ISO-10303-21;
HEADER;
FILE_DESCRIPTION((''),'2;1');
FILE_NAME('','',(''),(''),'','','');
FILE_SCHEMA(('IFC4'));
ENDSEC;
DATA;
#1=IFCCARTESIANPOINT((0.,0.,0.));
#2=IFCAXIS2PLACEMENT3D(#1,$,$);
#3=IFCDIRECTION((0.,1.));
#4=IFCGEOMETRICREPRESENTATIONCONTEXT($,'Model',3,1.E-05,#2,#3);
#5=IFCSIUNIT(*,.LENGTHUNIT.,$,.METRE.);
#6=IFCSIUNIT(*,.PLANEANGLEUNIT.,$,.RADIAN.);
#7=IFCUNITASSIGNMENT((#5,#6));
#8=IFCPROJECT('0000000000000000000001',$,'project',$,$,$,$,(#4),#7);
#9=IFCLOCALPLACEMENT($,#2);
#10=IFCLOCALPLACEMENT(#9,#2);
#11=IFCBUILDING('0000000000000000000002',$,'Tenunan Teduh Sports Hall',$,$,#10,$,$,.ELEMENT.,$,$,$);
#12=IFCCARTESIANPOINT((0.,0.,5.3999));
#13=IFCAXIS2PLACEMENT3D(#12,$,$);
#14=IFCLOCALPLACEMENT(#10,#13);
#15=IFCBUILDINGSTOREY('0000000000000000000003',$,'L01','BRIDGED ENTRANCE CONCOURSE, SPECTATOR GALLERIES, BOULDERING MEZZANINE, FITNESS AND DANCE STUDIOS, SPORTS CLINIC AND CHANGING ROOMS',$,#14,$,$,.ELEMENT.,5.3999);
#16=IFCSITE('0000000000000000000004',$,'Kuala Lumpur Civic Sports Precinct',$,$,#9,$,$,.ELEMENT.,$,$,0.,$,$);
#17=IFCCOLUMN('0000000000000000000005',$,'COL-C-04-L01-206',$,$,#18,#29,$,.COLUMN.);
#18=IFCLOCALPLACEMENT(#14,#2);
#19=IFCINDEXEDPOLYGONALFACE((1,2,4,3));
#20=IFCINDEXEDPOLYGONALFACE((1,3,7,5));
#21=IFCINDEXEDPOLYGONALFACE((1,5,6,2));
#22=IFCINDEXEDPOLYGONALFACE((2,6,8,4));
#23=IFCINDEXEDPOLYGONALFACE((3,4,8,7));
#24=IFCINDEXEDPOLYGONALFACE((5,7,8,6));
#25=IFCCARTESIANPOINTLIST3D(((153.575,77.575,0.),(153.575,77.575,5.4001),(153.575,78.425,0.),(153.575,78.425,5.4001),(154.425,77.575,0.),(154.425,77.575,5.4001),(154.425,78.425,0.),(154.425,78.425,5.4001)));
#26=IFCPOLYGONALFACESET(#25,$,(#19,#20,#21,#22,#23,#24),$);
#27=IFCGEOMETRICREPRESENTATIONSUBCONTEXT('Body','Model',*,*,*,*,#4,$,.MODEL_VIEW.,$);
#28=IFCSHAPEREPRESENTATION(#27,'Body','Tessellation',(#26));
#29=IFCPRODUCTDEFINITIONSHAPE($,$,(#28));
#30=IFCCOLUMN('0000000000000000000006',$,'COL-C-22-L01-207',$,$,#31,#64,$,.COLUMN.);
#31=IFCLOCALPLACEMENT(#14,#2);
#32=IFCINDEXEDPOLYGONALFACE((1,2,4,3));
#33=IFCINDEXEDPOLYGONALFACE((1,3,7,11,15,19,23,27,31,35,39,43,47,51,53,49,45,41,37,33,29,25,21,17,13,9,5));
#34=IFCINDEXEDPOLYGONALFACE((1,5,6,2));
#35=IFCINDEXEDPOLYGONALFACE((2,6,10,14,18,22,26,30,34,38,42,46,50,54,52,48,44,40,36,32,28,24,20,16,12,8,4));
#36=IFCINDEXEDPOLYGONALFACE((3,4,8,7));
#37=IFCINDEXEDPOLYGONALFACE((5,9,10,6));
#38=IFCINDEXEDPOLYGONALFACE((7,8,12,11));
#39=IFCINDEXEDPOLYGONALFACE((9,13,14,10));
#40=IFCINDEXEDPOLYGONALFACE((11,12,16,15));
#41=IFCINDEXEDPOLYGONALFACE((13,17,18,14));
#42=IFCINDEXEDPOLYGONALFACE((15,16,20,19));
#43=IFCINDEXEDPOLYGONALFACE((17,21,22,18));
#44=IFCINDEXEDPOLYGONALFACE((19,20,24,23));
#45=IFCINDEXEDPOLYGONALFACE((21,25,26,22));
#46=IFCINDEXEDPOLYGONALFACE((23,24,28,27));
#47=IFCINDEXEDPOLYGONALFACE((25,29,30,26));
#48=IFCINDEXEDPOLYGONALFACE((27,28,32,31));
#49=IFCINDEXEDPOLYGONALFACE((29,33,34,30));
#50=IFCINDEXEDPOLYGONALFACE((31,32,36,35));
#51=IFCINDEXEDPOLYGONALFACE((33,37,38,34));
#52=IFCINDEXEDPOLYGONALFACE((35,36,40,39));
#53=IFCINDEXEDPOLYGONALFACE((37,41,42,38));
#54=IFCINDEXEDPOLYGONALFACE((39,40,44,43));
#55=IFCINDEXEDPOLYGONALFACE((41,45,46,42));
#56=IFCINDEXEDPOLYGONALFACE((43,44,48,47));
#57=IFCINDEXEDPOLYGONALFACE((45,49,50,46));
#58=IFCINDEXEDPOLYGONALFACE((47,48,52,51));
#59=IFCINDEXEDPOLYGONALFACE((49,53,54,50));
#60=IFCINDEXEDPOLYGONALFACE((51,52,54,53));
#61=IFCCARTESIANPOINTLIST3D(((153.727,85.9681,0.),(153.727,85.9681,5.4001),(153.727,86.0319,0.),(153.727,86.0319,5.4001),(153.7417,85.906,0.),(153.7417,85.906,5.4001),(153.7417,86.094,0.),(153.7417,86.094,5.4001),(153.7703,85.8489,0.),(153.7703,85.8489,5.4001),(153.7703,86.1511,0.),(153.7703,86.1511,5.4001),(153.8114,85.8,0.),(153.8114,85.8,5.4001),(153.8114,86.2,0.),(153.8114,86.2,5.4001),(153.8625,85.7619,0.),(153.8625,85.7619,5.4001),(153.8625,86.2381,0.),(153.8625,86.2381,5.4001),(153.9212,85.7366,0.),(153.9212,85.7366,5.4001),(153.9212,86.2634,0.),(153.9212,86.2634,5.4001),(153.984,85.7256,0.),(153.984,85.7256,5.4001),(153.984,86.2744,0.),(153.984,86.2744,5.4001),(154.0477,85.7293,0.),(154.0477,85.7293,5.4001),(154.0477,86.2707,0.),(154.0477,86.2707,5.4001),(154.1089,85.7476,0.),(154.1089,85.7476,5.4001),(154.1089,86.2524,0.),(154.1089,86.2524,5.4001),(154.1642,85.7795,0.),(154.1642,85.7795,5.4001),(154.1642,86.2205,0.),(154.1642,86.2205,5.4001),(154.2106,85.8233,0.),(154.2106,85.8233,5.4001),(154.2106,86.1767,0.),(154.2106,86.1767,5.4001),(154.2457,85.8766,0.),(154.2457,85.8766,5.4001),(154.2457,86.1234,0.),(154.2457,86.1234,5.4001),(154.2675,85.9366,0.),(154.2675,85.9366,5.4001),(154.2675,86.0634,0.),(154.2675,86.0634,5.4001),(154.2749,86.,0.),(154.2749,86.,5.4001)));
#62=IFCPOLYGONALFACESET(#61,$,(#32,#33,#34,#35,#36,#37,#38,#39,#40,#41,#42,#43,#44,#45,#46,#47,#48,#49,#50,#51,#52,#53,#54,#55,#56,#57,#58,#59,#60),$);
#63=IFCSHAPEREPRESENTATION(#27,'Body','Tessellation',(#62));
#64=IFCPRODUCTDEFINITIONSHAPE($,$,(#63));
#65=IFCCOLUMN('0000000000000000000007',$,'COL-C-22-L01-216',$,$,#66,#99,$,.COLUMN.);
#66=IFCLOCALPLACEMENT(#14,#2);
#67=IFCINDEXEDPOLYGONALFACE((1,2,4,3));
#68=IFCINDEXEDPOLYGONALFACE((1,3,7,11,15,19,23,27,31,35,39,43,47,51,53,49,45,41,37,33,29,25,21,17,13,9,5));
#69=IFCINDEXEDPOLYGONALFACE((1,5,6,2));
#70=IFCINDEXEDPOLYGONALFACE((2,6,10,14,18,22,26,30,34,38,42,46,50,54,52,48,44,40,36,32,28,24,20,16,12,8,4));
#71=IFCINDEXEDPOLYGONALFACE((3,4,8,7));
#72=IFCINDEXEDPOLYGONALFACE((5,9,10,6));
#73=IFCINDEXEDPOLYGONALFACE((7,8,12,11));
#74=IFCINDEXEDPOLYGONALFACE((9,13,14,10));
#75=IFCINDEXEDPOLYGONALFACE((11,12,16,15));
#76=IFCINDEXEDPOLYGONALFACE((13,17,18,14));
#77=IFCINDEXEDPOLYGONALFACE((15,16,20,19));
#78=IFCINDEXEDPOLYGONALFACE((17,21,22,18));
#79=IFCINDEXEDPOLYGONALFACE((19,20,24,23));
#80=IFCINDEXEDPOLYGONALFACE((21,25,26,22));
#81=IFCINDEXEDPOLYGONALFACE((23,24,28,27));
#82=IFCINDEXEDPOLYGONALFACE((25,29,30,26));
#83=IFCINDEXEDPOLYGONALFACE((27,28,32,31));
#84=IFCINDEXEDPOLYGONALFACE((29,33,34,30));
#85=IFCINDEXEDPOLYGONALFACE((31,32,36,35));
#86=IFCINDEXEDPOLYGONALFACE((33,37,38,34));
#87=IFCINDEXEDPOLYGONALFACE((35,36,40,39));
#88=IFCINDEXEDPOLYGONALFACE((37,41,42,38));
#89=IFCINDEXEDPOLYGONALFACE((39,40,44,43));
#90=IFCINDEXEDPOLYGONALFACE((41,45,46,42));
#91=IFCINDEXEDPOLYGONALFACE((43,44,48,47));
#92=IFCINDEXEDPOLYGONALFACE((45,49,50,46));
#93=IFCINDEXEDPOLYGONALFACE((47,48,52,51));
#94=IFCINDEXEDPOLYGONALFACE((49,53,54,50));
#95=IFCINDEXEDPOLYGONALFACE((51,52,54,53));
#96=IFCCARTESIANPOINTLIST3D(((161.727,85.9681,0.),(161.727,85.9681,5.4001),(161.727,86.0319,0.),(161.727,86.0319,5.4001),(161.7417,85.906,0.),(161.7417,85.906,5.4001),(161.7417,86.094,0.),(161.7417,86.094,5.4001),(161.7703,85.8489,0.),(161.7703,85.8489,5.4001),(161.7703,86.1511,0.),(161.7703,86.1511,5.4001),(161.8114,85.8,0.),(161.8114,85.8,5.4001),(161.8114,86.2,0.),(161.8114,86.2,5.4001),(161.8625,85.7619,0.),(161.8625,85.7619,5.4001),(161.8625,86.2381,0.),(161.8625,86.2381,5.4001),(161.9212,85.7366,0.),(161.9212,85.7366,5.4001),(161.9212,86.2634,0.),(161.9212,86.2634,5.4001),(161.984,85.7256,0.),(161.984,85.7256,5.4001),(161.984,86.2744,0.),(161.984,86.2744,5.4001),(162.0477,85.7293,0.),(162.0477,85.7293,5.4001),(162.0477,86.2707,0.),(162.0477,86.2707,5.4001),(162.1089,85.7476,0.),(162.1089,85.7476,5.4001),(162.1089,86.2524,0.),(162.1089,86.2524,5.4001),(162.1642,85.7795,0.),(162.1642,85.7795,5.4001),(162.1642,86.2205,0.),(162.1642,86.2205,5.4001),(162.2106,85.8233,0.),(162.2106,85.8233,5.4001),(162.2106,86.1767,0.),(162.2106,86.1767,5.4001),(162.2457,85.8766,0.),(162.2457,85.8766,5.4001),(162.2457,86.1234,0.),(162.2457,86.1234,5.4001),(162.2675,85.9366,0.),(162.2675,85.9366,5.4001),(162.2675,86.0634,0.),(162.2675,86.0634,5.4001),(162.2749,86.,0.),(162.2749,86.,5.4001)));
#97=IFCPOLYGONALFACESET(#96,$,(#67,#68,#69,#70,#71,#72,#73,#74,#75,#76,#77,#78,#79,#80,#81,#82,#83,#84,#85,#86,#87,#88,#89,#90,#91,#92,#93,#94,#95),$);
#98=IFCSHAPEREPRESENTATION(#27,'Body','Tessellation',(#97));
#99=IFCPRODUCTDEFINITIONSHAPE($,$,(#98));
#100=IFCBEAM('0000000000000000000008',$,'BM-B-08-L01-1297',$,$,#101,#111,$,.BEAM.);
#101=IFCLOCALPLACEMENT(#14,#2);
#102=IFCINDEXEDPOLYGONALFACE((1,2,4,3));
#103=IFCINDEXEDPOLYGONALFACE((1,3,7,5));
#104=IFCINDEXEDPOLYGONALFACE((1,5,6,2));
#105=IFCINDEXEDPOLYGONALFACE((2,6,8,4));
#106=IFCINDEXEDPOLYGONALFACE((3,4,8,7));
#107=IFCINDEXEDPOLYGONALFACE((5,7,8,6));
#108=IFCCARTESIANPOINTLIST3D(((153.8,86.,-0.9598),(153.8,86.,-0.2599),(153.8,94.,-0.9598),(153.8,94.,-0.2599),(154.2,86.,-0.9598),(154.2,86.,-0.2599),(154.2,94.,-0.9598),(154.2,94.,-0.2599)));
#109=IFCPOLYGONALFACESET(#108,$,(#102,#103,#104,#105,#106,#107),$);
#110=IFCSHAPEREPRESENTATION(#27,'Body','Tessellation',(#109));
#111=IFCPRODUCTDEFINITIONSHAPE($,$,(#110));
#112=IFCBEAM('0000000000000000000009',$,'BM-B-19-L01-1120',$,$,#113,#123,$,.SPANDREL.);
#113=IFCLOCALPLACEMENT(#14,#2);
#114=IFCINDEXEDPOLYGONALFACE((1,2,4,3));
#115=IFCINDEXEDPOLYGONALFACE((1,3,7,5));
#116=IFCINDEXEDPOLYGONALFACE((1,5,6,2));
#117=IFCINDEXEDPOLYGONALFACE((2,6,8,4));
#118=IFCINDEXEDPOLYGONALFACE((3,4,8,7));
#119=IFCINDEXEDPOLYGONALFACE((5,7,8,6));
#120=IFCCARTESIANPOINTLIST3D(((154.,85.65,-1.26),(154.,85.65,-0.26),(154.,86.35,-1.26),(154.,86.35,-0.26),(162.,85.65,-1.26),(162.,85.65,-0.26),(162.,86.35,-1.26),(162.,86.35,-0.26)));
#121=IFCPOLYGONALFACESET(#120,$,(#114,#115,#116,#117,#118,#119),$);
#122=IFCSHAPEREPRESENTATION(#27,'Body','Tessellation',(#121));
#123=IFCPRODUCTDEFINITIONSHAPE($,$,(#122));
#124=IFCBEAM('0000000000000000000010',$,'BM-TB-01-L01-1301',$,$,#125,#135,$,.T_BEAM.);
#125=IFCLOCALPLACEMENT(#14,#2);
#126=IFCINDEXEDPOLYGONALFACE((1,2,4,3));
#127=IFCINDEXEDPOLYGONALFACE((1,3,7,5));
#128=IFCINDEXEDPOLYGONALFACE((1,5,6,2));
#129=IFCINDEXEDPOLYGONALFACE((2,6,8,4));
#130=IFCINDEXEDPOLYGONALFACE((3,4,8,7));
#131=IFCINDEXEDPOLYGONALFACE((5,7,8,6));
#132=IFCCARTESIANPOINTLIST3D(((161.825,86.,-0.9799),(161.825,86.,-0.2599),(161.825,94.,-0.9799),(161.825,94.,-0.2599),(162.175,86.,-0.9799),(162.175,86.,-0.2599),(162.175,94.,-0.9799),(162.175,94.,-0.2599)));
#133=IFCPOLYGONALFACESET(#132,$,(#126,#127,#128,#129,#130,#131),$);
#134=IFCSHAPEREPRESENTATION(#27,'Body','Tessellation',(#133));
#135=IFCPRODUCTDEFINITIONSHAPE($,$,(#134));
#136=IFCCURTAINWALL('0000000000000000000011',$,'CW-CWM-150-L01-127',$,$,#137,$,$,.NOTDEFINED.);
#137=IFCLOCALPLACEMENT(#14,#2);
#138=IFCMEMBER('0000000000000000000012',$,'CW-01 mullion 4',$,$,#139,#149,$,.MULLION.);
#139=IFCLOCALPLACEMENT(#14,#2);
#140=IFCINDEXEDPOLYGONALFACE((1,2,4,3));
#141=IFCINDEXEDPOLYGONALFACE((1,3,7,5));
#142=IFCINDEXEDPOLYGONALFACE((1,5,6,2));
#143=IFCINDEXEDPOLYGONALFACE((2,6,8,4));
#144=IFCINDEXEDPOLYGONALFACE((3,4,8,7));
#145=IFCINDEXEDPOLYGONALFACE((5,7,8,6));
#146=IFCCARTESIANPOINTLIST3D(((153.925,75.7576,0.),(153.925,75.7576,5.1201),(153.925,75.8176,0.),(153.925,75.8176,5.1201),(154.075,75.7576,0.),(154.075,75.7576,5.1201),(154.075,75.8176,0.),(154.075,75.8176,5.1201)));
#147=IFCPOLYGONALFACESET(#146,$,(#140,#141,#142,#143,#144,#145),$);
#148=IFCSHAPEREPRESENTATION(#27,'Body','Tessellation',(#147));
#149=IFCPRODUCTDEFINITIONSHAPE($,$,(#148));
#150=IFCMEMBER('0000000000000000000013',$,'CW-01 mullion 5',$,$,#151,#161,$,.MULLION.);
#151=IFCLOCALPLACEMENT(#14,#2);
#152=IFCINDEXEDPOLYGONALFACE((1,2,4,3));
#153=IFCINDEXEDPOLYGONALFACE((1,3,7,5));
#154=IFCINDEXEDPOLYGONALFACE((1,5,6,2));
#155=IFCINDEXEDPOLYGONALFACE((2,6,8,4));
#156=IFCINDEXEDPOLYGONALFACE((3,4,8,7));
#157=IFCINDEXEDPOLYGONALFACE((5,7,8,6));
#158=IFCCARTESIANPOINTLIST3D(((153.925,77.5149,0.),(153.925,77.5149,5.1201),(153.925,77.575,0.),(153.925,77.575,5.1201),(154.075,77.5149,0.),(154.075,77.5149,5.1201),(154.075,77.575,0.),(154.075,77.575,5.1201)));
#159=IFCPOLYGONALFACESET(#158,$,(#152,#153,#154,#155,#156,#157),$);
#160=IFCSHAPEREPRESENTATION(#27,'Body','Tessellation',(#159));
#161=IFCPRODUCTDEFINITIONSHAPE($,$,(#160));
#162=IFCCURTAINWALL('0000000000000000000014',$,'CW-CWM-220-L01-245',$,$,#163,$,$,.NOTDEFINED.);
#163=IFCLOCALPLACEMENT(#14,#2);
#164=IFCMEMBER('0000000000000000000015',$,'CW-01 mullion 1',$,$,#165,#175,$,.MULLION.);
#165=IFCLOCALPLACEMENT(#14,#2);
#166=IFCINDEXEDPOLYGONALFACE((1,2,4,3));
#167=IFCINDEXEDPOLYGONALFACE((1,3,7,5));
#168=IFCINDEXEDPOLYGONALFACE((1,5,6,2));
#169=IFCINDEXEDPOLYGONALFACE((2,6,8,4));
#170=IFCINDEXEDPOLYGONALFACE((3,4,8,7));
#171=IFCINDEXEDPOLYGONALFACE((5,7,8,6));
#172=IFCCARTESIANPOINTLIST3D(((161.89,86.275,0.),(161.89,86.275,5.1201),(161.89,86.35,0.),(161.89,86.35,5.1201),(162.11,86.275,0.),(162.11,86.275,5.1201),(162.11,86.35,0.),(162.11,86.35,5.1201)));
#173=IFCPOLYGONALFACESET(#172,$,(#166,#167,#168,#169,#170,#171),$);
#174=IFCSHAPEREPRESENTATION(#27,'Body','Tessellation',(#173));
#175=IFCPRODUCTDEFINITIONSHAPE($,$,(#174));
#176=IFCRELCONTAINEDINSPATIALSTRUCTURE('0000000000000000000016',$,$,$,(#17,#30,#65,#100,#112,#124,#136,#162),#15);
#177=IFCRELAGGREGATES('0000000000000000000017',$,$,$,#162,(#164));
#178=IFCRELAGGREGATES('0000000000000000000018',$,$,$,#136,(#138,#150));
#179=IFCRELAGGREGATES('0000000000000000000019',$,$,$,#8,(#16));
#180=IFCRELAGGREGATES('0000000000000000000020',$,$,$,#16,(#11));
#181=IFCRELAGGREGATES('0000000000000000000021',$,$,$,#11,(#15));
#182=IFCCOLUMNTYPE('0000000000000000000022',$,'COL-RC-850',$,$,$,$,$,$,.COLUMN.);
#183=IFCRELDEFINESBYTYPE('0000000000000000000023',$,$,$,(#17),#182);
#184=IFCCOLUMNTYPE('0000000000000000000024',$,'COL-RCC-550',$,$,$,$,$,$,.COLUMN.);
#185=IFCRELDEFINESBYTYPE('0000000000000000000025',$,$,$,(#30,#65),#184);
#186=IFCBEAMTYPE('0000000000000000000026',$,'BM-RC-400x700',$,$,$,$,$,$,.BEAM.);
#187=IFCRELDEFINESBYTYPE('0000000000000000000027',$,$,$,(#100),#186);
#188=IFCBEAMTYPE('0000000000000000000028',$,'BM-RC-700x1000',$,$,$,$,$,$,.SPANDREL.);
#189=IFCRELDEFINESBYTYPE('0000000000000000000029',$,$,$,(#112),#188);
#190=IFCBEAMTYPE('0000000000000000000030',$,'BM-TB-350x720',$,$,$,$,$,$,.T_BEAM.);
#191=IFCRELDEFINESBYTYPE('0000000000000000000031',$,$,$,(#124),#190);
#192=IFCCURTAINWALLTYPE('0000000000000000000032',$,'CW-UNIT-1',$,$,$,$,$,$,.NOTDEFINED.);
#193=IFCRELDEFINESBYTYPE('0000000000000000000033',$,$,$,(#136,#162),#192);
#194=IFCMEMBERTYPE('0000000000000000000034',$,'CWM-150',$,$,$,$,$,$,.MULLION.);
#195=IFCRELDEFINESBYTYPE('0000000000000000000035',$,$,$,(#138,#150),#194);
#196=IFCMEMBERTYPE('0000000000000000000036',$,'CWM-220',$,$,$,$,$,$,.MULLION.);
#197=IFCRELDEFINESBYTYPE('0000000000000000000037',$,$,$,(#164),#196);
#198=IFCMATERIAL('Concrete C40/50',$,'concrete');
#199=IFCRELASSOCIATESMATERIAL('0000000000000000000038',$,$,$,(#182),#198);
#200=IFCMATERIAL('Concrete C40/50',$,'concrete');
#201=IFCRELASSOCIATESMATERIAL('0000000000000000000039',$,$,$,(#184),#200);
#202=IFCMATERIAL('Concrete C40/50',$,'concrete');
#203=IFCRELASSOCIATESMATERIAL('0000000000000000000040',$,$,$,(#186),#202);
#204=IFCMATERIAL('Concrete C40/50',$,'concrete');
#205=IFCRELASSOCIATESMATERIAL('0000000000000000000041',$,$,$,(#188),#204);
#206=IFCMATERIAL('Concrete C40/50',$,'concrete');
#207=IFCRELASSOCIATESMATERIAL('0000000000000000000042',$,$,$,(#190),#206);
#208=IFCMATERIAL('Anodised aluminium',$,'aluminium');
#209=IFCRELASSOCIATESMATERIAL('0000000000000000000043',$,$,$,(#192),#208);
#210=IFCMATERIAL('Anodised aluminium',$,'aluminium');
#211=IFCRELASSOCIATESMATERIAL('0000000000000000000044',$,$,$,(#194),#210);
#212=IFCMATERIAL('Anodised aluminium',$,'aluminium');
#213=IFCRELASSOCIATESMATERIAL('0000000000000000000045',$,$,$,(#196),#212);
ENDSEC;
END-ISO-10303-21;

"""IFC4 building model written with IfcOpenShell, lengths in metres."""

from ifc_helpers import new_model, si_unit, direction, frame, origin, origin_2d, place, context, subcontext, project, spatial, rectangle, circle, extrude, material, material_profile, profile_set, type_object, element, aggregate, save


model = new_model("IFC4")

# Units and contexts
model_context = context("Model", 3, precision=1e-05, world=origin(), true_north=direction((0.0, 1.0)))
body_context = subcontext(model_context, "Body", "Model", "MODEL_VIEW")
ifc_project = project(units=[si_unit("LENGTHUNIT", "METRE"), si_unit("PLANEANGLEUNIT", "RADIAN")], contexts=[model_context])

# Site, building, storey
site_placement = place(None, origin())
site = spatial("IfcSite", under=ifc_project, at=site_placement, Name="Kuala Lumpur Civic Sports Precinct", CompositionType="ELEMENT", RefElevation=0.0)
building_placement = place(site_placement, origin())
building = spatial("IfcBuilding", under=site, at=building_placement, Name="Tenunan Teduh Sports Hall", CompositionType="ELEMENT")
storey_placement = place(building_placement, frame((0.0, 0.0, 5.3999)))
storey = spatial("IfcBuildingStorey", under=building, at=storey_placement, Name="L01", Description="BRIDGED ENTRANCE CONCOURSE, SPECTATOR GALLERIES, BOULDERING MEZZANINE, FITNESS AND DANCE STUDIOS, SPORTS CLINIC AND CHANGING ROOMS", CompositionType="ELEMENT", Elevation=5.3999)

# Columns
ifc_material_1 = material(Name="Concrete C40/50", Category="concrete")
ifc_material_profile_1 = material_profile(ifc_material_1, rectangle(XDim=0.8501, YDim=0.8501, at=origin_2d()), Name="RC 850x850")
ifc_profile_set_1 = profile_set([ifc_material_profile_1], Name="Concrete C40/50")
column_type_1 = type_object("IfcColumnType", Name="COL-RC-850", PredefinedType="COLUMN", material=ifc_profile_set_1)
column_placement = place(storey_placement, frame((154.0, 78.0, 0.0), z_axis=(0.0, 0.0, 1.0), x_axis=(1.0, 0.0, 0.0)))
element("IfcColumn", 1, at=column_placement, inside=storey, type_object=column_type_1, Name="COL-C-04-L01-206", PredefinedType="COLUMN", context=body_context, shape_type="SweptSolid", body=[
    extrude(rectangle(XDim=0.8501, YDim=0.8501, at=origin_2d()), origin(), (0.0, 0.0, 1.0), 5.4001),
])
ifc_material_2 = material(Name="Concrete C40/50", Category="concrete")
ifc_material_profile_2 = material_profile(ifc_material_2, circle(Radius=0.2749, at=origin_2d()), Name="RCC D550")
ifc_profile_set_2 = profile_set([ifc_material_profile_2], Name="Concrete C40/50")
column_type_2 = type_object("IfcColumnType", Name="COL-RCC-550", PredefinedType="COLUMN", material=ifc_profile_set_2)
for number, where, z_axis, x_axis, name in (
    (2, (154.0, 86.0, 0.0), (0.0, 0.0, 1.0), (1.0, 0.0, 0.0), "COL-C-22-L01-207"),
    (3, (162.0, 86.0, 0.0), (0.0, 0.0, 1.0), (1.0, 0.0, 0.0), "COL-C-22-L01-216"),
):
    element("IfcColumn", number, at=place(storey_placement, frame(where, z_axis=z_axis, x_axis=x_axis)), inside=storey, type_object=column_type_2, Name=name, PredefinedType="COLUMN", context=body_context, shape_type="SweptSolid", body=[
        extrude(circle(Radius=0.2749, at=origin_2d()), origin(), (0.0, 0.0, 1.0), 5.4001),
    ])

# Beams
ifc_material_3 = material(Name="Concrete C40/50", Category="concrete")
ifc_material_profile_3 = material_profile(ifc_material_3, rectangle(XDim=0.3999, YDim=0.7, at=origin_2d()), Name="RCB 400x700")
ifc_profile_set_3 = profile_set([ifc_material_profile_3], Name="Concrete C40/50")
beam_type_1 = type_object("IfcBeamType", Name="BM-RC-400x700", PredefinedType="BEAM", material=ifc_profile_set_3)
beam_1_placement = place(storey_placement, frame((154.0, 86.0, -0.6099), z_axis=(0.0, 1.0, 0.0), x_axis=(-1.0, 0.0, 0.0)))
element("IfcBeam", 4, at=beam_1_placement, inside=storey, type_object=beam_type_1, Name="BM-B-08-L01-1297", PredefinedType="BEAM", context=body_context, shape_type="SweptSolid", body=[
    extrude(rectangle(XDim=0.3999, YDim=0.7, at=origin_2d()), origin(), (0.0, 0.0, 1.0), 8.0),
])
ifc_material_4 = material(Name="Concrete C40/50", Category="concrete")
ifc_material_profile_4 = material_profile(ifc_material_4, rectangle(XDim=0.7, YDim=1.0, at=origin_2d()), Name="RCB 700x1000")
ifc_profile_set_4 = profile_set([ifc_material_profile_4], Name="Concrete C40/50")
beam_type_2 = type_object("IfcBeamType", Name="BM-RC-700x1000", PredefinedType="SPANDREL", material=ifc_profile_set_4)
beam_2_placement = place(storey_placement, frame((154.0, 86.0, -0.76), z_axis=(1.0, 0.0, 0.0), x_axis=(0.0, 1.0, 0.0)))
element("IfcBeam", 5, at=beam_2_placement, inside=storey, type_object=beam_type_2, Name="BM-B-19-L01-1120", PredefinedType="SPANDREL", context=body_context, shape_type="SweptSolid", body=[
    extrude(rectangle(XDim=0.7, YDim=1.0, at=origin_2d()), origin(), (0.0, 0.0, 1.0), 8.0),
])
ifc_material_5 = material(Name="Concrete C40/50", Category="concrete")
ifc_material_profile_5 = material_profile(ifc_material_5, rectangle(XDim=0.3501, YDim=0.72, at=origin_2d()), Name="TB 350x720")
ifc_profile_set_5 = profile_set([ifc_material_profile_5], Name="Concrete C40/50")
beam_type_3 = type_object("IfcBeamType", Name="BM-TB-350x720", PredefinedType="T_BEAM", material=ifc_profile_set_5)
beam_3_placement = place(storey_placement, frame((162.0, 86.0, -0.6199), z_axis=(0.0, 1.0, 0.0), x_axis=(-1.0, 0.0, 0.0)))
element("IfcBeam", 6, at=beam_3_placement, inside=storey, type_object=beam_type_3, Name="BM-TB-01-L01-1301", PredefinedType="T_BEAM", context=body_context, shape_type="SweptSolid", body=[
    extrude(rectangle(XDim=0.3501, YDim=0.72, at=origin_2d()), origin(), (0.0, 0.0, 1.0), 8.0),
])

# Curtain wall, members
ifc_material_6 = material(Name="Anodised aluminium", Category="aluminium")
curtain_wall_type = type_object("IfcCurtainWallType", Name="CW-UNIT-1", PredefinedType="NOTDEFINED", material=ifc_material_6)
curtain_wall_1_placement = place(storey_placement, origin())
curtain_wall_1 = element("IfcCurtainWall", 7, at=curtain_wall_1_placement, inside=storey, type_object=curtain_wall_type, Name="CW-CWM-150-L01-127", PredefinedType="NOTDEFINED")
ifc_material_7 = material(Name="Anodised aluminium", Category="aluminium")
ifc_material_profile_6 = material_profile(ifc_material_7, rectangle(XDim=0.0601, YDim=0.1499, at=origin_2d()), Name="CWM 60x150")
ifc_profile_set_6 = profile_set([ifc_material_profile_6], Name="Anodised aluminium")
member_type_1 = type_object("IfcMemberType", Name="CWM-150", PredefinedType="MULLION", material=ifc_profile_set_6)
member_1_placement = place(storey_placement, frame((154.0, 75.7876, 0.0), z_axis=(0.0, 0.0, 1.0), x_axis=(0.0, 1.0, 0.0)))
member_1 = element("IfcMember", 8, at=member_1_placement, type_object=member_type_1, Name="CW-01 mullion 4", PredefinedType="MULLION", context=body_context, shape_type="SweptSolid", body=[
    extrude(rectangle(XDim=0.0601, YDim=0.1499, at=origin_2d()), origin(), (0.0, 0.0, 1.0), 5.1201),
])
member_2_placement = place(storey_placement, frame((154.0, 77.5449, 0.0), z_axis=(0.0, 0.0, 1.0), x_axis=(0.0, 1.0, 0.0)))
member_2 = element("IfcMember", 9, at=member_2_placement, type_object=member_type_1, Name="CW-01 mullion 5", PredefinedType="MULLION", context=body_context, shape_type="SweptSolid", body=[
    extrude(rectangle(XDim=0.0601, YDim=0.1499, at=origin_2d()), origin(), (0.0, 0.0, 1.0), 5.1201),
])

# Curtain wall, member
curtain_wall_2_placement = place(storey_placement, origin())
curtain_wall_2 = element("IfcCurtainWall", 10, at=curtain_wall_2_placement, inside=storey, type_object=curtain_wall_type, Name="CW-CWM-220-L01-245", PredefinedType="NOTDEFINED")
ifc_material_8 = material(Name="Anodised aluminium", Category="aluminium")
ifc_material_profile_7 = material_profile(ifc_material_8, rectangle(XDim=0.075, YDim=0.22, at=origin_2d()), Name="CWM 75x220")
ifc_profile_set_7 = profile_set([ifc_material_profile_7], Name="Anodised aluminium")
member_type_2 = type_object("IfcMemberType", Name="CWM-220", PredefinedType="MULLION", material=ifc_profile_set_7)
member_3_placement = place(storey_placement, frame((162.0, 86.3125, 0.0), z_axis=(0.0, 0.0, 1.0), x_axis=(0.0, 1.0, 0.0)))
member_3 = element("IfcMember", 11, at=member_3_placement, type_object=member_type_2, Name="CW-01 mullion 1", PredefinedType="MULLION", context=body_context, shape_type="SweptSolid", body=[
    extrude(rectangle(XDim=0.075, YDim=0.22, at=origin_2d()), origin(), (0.0, 0.0, 1.0), 5.1201),
])

aggregate(curtain_wall_2, [member_3])

aggregate(curtain_wall_1, [member_1, member_2])

save(model, "model.ifc")
